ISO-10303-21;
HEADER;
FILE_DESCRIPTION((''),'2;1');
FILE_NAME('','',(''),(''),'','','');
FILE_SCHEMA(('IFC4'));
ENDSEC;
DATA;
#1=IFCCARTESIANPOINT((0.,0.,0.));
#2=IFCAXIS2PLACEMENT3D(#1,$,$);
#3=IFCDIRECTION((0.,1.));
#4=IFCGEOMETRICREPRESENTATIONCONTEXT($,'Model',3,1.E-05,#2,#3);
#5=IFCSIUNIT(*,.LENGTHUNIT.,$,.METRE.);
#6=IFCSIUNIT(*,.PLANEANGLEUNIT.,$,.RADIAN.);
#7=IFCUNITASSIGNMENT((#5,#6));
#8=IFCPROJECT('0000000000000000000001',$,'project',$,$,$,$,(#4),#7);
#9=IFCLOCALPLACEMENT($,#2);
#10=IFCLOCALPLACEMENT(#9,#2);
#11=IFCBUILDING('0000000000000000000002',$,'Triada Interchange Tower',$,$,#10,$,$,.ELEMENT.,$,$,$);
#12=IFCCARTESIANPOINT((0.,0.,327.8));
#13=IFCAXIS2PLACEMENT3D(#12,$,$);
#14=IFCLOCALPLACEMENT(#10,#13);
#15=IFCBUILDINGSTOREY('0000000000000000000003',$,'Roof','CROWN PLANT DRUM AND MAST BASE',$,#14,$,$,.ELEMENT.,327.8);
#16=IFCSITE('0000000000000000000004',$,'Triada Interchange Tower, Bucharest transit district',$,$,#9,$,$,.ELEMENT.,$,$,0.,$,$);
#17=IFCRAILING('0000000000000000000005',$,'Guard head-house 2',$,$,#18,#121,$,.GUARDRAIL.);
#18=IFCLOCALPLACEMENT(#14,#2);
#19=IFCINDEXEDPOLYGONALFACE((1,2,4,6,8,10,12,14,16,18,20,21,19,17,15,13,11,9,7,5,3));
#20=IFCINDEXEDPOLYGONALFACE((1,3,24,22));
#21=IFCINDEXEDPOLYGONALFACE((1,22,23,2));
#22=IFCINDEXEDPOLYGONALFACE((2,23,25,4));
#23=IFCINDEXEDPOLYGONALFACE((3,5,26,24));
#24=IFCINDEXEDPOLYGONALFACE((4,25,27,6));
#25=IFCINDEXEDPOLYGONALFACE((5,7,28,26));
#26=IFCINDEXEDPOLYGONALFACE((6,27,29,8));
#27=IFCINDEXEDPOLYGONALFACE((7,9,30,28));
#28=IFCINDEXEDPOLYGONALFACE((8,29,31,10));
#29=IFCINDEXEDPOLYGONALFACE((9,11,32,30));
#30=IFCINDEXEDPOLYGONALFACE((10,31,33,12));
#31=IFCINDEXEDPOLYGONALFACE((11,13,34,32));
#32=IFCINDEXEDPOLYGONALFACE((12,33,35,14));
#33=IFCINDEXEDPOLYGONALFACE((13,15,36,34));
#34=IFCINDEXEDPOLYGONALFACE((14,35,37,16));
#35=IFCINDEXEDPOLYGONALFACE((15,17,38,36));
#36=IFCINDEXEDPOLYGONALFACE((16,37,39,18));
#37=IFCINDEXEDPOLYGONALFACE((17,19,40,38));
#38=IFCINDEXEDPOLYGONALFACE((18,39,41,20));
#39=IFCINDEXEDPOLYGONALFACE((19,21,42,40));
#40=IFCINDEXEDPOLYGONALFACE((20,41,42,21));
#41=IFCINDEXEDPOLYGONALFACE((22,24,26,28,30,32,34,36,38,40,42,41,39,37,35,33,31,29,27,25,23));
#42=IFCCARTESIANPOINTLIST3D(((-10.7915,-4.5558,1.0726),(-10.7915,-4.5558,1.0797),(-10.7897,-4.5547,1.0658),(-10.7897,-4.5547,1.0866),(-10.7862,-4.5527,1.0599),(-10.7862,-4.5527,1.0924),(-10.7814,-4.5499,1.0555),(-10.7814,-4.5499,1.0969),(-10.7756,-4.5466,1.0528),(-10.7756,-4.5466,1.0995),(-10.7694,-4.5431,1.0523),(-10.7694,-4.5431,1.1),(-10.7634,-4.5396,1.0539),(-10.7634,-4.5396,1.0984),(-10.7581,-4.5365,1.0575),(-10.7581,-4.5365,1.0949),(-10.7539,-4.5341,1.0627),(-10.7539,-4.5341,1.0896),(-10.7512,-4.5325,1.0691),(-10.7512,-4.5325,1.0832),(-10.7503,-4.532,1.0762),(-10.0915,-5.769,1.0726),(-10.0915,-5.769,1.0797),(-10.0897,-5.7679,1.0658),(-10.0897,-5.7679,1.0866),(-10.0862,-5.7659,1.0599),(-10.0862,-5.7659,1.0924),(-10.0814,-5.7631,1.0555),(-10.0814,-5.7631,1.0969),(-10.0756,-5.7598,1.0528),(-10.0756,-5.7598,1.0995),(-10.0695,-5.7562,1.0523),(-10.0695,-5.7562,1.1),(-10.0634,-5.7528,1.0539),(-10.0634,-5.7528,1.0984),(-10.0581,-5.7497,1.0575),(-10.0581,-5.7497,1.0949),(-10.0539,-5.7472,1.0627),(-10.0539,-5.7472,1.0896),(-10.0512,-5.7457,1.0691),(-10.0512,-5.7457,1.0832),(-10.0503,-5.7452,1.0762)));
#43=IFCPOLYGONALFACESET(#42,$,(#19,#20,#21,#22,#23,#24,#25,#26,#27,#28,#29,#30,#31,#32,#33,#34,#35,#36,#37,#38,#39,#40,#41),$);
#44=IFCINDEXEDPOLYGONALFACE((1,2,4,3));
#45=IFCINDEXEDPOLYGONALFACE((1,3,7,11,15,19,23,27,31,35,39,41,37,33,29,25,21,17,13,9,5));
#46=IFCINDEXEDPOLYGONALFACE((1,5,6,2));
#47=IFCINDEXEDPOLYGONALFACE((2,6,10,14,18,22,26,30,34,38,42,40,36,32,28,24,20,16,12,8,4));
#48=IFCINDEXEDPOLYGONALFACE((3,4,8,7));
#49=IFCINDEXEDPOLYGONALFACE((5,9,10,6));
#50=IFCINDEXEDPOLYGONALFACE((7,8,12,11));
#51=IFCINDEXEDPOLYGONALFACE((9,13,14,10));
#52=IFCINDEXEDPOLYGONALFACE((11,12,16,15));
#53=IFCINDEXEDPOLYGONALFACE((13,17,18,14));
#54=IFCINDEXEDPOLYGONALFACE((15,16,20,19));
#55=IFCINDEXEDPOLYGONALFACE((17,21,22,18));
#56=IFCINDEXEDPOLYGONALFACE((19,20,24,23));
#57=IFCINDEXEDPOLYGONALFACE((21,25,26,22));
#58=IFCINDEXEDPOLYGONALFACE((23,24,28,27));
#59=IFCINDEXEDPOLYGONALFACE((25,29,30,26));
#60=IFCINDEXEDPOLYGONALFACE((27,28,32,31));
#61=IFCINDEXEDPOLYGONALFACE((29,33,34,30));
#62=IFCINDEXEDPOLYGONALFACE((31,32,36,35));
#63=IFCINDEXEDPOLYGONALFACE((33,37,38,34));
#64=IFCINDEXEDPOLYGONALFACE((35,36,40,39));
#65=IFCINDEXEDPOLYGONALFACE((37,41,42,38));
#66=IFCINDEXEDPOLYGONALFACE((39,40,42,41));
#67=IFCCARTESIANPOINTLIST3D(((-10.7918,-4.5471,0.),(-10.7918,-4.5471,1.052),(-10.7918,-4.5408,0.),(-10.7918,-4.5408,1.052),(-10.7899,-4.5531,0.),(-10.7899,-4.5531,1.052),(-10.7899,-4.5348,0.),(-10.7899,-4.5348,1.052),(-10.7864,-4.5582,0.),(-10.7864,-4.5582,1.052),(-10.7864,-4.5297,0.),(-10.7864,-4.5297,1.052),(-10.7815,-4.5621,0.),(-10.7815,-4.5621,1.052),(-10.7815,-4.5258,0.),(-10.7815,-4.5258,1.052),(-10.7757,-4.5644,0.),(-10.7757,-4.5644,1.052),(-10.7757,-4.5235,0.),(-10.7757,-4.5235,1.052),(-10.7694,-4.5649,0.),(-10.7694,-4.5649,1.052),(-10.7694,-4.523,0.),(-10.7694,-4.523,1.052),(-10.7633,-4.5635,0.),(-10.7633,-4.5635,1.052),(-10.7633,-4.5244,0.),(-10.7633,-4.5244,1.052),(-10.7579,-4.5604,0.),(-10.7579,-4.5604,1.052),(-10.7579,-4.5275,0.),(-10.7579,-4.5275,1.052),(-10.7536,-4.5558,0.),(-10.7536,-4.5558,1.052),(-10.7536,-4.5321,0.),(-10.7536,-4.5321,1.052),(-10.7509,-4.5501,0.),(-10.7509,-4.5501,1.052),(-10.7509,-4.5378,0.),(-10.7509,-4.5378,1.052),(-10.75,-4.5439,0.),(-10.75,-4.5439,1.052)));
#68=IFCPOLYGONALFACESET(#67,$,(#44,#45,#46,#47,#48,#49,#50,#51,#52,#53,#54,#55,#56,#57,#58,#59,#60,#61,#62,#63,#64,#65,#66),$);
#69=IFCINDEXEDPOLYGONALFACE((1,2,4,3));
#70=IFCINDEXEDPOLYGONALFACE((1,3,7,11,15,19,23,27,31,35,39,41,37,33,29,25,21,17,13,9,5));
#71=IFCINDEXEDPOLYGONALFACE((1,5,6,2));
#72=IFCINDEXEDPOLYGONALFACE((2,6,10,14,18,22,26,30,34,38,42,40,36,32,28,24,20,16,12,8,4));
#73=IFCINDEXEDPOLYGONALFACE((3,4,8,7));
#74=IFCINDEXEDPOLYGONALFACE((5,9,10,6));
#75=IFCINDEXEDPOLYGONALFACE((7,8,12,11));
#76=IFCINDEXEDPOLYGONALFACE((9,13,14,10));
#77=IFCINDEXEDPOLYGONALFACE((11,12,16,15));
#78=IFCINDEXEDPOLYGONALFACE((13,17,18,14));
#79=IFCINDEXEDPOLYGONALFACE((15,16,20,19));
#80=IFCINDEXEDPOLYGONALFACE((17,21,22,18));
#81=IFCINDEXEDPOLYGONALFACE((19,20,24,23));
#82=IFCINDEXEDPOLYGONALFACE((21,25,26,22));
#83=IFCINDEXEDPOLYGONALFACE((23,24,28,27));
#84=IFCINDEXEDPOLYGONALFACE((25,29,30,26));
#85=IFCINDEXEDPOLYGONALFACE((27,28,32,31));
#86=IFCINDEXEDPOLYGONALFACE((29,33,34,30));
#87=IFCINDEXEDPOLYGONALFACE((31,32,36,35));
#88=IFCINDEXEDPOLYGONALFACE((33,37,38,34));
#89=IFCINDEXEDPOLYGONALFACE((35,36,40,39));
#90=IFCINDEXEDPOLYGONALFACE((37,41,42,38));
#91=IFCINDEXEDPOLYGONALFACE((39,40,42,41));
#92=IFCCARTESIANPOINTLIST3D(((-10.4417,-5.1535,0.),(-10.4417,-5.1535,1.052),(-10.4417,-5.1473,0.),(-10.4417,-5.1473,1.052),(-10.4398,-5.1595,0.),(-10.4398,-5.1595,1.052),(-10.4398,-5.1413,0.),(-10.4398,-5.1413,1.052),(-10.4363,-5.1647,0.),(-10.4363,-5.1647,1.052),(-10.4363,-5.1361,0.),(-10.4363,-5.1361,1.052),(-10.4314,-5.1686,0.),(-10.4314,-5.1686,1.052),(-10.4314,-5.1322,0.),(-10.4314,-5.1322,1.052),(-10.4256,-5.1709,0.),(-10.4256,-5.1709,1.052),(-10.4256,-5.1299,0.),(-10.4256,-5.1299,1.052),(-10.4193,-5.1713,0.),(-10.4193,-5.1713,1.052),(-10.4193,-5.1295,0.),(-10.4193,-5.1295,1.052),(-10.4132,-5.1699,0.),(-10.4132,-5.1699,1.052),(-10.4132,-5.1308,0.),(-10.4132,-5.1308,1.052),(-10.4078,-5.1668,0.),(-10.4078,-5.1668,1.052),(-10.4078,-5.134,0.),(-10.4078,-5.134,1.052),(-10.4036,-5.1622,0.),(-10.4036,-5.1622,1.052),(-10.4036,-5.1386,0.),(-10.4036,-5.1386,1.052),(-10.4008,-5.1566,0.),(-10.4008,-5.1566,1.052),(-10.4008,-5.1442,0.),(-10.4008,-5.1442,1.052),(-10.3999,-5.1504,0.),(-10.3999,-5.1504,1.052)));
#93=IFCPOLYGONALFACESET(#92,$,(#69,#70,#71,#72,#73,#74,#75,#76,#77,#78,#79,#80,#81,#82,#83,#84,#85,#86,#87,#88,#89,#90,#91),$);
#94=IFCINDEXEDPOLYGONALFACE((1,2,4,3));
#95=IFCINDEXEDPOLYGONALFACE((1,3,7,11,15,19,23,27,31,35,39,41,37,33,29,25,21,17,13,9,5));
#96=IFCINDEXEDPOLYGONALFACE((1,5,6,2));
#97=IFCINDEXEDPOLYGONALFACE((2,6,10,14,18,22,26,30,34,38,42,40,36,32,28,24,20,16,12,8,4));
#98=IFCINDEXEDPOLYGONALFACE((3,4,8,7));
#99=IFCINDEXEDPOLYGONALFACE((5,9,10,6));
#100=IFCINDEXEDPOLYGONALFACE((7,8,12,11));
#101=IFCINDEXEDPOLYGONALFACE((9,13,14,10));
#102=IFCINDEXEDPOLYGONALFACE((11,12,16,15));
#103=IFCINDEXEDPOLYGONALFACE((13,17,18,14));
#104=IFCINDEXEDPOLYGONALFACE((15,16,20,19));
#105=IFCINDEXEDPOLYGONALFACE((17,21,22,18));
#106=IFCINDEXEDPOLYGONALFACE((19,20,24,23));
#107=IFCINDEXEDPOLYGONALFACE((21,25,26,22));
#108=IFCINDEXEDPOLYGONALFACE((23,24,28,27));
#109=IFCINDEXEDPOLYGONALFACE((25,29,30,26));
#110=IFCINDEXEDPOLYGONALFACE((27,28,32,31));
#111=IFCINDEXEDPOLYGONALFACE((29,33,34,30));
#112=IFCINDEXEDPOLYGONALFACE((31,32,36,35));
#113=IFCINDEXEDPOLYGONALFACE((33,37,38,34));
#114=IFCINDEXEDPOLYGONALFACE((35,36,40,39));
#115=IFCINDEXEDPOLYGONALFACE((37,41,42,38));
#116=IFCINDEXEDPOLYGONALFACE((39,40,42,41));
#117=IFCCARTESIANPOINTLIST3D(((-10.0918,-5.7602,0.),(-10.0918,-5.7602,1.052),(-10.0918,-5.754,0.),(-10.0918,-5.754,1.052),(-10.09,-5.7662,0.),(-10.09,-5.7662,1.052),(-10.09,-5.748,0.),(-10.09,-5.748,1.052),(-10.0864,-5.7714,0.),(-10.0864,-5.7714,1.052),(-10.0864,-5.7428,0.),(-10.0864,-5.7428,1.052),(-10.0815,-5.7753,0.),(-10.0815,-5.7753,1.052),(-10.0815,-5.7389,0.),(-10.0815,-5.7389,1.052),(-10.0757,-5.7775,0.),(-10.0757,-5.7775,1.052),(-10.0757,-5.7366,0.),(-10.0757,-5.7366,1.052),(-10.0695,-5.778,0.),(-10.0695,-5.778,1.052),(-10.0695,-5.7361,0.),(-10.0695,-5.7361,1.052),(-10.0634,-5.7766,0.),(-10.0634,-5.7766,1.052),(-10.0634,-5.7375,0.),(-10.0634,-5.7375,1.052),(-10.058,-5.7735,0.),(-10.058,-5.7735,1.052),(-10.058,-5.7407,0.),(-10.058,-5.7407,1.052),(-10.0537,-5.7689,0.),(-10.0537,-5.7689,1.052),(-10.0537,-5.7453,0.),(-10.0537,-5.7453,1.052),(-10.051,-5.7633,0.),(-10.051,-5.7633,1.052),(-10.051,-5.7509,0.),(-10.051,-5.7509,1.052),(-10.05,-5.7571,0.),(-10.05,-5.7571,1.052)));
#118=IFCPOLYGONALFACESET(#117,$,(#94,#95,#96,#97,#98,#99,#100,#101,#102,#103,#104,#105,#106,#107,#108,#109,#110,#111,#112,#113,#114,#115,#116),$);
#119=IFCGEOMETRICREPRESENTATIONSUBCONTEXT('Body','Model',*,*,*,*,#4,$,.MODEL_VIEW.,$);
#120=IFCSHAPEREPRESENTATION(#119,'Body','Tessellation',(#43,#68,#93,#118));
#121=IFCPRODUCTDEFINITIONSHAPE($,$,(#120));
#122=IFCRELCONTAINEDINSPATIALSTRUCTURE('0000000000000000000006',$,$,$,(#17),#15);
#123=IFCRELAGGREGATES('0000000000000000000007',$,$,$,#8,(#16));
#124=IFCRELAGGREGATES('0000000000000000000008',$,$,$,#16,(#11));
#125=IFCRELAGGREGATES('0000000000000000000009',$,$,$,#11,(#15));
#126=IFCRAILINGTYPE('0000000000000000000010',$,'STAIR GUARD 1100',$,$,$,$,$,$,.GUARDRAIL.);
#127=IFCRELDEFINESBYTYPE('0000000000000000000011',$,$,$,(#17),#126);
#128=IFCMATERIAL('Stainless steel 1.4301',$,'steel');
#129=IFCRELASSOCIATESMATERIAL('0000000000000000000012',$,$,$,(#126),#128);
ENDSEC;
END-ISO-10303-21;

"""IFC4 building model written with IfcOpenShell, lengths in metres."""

from ifc_helpers import new_model, si_unit, direction, frame, origin, origin_2d, place, context, subcontext, project, spatial, circle, extrude, material, type_object, element, save


model = new_model("IFC4")

# Units and contexts
model_context = context("Model", 3, precision=1e-05, world=origin(), true_north=direction((0.0, 1.0)))
body_context = subcontext(model_context, "Body", "Model", "MODEL_VIEW")
ifc_project = project(units=[si_unit("LENGTHUNIT", "METRE"), si_unit("PLANEANGLEUNIT", "RADIAN")], contexts=[model_context])

# Site, building, storey
site_placement = place(None, origin())
site = spatial("IfcSite", under=ifc_project, at=site_placement, Name="Triada Interchange Tower, Bucharest transit district", CompositionType="ELEMENT", RefElevation=0.0)
building_placement = place(site_placement, origin())
building = spatial("IfcBuilding", under=site, at=building_placement, Name="Triada Interchange Tower", CompositionType="ELEMENT")
storey_placement = place(building_placement, frame((0.0, 0.0, 327.8)))
storey = spatial("IfcBuildingStorey", under=building, at=storey_placement, Name="Roof", Description="CROWN PLANT DRUM AND MAST BASE", CompositionType="ELEMENT", Elevation=327.8)

# Railing
ifc_material_1 = material(Name="Stainless steel 1.4301", Category="steel")
railing_type = type_object("IfcRailingType", Name="STAIR GUARD 1100", PredefinedType="GUARDRAIL", material=ifc_material_1)
railing_placement = place(storey_placement, frame((-10.771, -4.5439, 0.0)))
element("IfcRailing", 1, at=railing_placement, inside=storey, type_object=railing_type, Name="Guard head-house 2", PredefinedType="GUARDRAIL", context=body_context, shape_type="SweptSolid", body=[
    extrude(circle(Radius=0.0239, at=origin_2d()), frame((0.0, 0.0, 1.0762), z_axis=(0.499758, -0.866165, 0.0), x_axis=(0.866165, 0.499758, 0.0)), (0.0, 0.0, 1.0), 1.4006),
    extrude(circle(Radius=0.021, at=origin_2d()), origin(), (0.0, 0.0, 1.0), 1.052),
    extrude(circle(Radius=0.021, at=origin_2d()), frame((0.3501, -0.6064, 0.0)), (0.0, 0.0, 1.0), 1.052),
    extrude(circle(Radius=0.021, at=origin_2d()), frame((0.7, -1.2131, 0.0)), (0.0, 0.0, 1.0), 1.052),
])

save(model, "model.ifc")
